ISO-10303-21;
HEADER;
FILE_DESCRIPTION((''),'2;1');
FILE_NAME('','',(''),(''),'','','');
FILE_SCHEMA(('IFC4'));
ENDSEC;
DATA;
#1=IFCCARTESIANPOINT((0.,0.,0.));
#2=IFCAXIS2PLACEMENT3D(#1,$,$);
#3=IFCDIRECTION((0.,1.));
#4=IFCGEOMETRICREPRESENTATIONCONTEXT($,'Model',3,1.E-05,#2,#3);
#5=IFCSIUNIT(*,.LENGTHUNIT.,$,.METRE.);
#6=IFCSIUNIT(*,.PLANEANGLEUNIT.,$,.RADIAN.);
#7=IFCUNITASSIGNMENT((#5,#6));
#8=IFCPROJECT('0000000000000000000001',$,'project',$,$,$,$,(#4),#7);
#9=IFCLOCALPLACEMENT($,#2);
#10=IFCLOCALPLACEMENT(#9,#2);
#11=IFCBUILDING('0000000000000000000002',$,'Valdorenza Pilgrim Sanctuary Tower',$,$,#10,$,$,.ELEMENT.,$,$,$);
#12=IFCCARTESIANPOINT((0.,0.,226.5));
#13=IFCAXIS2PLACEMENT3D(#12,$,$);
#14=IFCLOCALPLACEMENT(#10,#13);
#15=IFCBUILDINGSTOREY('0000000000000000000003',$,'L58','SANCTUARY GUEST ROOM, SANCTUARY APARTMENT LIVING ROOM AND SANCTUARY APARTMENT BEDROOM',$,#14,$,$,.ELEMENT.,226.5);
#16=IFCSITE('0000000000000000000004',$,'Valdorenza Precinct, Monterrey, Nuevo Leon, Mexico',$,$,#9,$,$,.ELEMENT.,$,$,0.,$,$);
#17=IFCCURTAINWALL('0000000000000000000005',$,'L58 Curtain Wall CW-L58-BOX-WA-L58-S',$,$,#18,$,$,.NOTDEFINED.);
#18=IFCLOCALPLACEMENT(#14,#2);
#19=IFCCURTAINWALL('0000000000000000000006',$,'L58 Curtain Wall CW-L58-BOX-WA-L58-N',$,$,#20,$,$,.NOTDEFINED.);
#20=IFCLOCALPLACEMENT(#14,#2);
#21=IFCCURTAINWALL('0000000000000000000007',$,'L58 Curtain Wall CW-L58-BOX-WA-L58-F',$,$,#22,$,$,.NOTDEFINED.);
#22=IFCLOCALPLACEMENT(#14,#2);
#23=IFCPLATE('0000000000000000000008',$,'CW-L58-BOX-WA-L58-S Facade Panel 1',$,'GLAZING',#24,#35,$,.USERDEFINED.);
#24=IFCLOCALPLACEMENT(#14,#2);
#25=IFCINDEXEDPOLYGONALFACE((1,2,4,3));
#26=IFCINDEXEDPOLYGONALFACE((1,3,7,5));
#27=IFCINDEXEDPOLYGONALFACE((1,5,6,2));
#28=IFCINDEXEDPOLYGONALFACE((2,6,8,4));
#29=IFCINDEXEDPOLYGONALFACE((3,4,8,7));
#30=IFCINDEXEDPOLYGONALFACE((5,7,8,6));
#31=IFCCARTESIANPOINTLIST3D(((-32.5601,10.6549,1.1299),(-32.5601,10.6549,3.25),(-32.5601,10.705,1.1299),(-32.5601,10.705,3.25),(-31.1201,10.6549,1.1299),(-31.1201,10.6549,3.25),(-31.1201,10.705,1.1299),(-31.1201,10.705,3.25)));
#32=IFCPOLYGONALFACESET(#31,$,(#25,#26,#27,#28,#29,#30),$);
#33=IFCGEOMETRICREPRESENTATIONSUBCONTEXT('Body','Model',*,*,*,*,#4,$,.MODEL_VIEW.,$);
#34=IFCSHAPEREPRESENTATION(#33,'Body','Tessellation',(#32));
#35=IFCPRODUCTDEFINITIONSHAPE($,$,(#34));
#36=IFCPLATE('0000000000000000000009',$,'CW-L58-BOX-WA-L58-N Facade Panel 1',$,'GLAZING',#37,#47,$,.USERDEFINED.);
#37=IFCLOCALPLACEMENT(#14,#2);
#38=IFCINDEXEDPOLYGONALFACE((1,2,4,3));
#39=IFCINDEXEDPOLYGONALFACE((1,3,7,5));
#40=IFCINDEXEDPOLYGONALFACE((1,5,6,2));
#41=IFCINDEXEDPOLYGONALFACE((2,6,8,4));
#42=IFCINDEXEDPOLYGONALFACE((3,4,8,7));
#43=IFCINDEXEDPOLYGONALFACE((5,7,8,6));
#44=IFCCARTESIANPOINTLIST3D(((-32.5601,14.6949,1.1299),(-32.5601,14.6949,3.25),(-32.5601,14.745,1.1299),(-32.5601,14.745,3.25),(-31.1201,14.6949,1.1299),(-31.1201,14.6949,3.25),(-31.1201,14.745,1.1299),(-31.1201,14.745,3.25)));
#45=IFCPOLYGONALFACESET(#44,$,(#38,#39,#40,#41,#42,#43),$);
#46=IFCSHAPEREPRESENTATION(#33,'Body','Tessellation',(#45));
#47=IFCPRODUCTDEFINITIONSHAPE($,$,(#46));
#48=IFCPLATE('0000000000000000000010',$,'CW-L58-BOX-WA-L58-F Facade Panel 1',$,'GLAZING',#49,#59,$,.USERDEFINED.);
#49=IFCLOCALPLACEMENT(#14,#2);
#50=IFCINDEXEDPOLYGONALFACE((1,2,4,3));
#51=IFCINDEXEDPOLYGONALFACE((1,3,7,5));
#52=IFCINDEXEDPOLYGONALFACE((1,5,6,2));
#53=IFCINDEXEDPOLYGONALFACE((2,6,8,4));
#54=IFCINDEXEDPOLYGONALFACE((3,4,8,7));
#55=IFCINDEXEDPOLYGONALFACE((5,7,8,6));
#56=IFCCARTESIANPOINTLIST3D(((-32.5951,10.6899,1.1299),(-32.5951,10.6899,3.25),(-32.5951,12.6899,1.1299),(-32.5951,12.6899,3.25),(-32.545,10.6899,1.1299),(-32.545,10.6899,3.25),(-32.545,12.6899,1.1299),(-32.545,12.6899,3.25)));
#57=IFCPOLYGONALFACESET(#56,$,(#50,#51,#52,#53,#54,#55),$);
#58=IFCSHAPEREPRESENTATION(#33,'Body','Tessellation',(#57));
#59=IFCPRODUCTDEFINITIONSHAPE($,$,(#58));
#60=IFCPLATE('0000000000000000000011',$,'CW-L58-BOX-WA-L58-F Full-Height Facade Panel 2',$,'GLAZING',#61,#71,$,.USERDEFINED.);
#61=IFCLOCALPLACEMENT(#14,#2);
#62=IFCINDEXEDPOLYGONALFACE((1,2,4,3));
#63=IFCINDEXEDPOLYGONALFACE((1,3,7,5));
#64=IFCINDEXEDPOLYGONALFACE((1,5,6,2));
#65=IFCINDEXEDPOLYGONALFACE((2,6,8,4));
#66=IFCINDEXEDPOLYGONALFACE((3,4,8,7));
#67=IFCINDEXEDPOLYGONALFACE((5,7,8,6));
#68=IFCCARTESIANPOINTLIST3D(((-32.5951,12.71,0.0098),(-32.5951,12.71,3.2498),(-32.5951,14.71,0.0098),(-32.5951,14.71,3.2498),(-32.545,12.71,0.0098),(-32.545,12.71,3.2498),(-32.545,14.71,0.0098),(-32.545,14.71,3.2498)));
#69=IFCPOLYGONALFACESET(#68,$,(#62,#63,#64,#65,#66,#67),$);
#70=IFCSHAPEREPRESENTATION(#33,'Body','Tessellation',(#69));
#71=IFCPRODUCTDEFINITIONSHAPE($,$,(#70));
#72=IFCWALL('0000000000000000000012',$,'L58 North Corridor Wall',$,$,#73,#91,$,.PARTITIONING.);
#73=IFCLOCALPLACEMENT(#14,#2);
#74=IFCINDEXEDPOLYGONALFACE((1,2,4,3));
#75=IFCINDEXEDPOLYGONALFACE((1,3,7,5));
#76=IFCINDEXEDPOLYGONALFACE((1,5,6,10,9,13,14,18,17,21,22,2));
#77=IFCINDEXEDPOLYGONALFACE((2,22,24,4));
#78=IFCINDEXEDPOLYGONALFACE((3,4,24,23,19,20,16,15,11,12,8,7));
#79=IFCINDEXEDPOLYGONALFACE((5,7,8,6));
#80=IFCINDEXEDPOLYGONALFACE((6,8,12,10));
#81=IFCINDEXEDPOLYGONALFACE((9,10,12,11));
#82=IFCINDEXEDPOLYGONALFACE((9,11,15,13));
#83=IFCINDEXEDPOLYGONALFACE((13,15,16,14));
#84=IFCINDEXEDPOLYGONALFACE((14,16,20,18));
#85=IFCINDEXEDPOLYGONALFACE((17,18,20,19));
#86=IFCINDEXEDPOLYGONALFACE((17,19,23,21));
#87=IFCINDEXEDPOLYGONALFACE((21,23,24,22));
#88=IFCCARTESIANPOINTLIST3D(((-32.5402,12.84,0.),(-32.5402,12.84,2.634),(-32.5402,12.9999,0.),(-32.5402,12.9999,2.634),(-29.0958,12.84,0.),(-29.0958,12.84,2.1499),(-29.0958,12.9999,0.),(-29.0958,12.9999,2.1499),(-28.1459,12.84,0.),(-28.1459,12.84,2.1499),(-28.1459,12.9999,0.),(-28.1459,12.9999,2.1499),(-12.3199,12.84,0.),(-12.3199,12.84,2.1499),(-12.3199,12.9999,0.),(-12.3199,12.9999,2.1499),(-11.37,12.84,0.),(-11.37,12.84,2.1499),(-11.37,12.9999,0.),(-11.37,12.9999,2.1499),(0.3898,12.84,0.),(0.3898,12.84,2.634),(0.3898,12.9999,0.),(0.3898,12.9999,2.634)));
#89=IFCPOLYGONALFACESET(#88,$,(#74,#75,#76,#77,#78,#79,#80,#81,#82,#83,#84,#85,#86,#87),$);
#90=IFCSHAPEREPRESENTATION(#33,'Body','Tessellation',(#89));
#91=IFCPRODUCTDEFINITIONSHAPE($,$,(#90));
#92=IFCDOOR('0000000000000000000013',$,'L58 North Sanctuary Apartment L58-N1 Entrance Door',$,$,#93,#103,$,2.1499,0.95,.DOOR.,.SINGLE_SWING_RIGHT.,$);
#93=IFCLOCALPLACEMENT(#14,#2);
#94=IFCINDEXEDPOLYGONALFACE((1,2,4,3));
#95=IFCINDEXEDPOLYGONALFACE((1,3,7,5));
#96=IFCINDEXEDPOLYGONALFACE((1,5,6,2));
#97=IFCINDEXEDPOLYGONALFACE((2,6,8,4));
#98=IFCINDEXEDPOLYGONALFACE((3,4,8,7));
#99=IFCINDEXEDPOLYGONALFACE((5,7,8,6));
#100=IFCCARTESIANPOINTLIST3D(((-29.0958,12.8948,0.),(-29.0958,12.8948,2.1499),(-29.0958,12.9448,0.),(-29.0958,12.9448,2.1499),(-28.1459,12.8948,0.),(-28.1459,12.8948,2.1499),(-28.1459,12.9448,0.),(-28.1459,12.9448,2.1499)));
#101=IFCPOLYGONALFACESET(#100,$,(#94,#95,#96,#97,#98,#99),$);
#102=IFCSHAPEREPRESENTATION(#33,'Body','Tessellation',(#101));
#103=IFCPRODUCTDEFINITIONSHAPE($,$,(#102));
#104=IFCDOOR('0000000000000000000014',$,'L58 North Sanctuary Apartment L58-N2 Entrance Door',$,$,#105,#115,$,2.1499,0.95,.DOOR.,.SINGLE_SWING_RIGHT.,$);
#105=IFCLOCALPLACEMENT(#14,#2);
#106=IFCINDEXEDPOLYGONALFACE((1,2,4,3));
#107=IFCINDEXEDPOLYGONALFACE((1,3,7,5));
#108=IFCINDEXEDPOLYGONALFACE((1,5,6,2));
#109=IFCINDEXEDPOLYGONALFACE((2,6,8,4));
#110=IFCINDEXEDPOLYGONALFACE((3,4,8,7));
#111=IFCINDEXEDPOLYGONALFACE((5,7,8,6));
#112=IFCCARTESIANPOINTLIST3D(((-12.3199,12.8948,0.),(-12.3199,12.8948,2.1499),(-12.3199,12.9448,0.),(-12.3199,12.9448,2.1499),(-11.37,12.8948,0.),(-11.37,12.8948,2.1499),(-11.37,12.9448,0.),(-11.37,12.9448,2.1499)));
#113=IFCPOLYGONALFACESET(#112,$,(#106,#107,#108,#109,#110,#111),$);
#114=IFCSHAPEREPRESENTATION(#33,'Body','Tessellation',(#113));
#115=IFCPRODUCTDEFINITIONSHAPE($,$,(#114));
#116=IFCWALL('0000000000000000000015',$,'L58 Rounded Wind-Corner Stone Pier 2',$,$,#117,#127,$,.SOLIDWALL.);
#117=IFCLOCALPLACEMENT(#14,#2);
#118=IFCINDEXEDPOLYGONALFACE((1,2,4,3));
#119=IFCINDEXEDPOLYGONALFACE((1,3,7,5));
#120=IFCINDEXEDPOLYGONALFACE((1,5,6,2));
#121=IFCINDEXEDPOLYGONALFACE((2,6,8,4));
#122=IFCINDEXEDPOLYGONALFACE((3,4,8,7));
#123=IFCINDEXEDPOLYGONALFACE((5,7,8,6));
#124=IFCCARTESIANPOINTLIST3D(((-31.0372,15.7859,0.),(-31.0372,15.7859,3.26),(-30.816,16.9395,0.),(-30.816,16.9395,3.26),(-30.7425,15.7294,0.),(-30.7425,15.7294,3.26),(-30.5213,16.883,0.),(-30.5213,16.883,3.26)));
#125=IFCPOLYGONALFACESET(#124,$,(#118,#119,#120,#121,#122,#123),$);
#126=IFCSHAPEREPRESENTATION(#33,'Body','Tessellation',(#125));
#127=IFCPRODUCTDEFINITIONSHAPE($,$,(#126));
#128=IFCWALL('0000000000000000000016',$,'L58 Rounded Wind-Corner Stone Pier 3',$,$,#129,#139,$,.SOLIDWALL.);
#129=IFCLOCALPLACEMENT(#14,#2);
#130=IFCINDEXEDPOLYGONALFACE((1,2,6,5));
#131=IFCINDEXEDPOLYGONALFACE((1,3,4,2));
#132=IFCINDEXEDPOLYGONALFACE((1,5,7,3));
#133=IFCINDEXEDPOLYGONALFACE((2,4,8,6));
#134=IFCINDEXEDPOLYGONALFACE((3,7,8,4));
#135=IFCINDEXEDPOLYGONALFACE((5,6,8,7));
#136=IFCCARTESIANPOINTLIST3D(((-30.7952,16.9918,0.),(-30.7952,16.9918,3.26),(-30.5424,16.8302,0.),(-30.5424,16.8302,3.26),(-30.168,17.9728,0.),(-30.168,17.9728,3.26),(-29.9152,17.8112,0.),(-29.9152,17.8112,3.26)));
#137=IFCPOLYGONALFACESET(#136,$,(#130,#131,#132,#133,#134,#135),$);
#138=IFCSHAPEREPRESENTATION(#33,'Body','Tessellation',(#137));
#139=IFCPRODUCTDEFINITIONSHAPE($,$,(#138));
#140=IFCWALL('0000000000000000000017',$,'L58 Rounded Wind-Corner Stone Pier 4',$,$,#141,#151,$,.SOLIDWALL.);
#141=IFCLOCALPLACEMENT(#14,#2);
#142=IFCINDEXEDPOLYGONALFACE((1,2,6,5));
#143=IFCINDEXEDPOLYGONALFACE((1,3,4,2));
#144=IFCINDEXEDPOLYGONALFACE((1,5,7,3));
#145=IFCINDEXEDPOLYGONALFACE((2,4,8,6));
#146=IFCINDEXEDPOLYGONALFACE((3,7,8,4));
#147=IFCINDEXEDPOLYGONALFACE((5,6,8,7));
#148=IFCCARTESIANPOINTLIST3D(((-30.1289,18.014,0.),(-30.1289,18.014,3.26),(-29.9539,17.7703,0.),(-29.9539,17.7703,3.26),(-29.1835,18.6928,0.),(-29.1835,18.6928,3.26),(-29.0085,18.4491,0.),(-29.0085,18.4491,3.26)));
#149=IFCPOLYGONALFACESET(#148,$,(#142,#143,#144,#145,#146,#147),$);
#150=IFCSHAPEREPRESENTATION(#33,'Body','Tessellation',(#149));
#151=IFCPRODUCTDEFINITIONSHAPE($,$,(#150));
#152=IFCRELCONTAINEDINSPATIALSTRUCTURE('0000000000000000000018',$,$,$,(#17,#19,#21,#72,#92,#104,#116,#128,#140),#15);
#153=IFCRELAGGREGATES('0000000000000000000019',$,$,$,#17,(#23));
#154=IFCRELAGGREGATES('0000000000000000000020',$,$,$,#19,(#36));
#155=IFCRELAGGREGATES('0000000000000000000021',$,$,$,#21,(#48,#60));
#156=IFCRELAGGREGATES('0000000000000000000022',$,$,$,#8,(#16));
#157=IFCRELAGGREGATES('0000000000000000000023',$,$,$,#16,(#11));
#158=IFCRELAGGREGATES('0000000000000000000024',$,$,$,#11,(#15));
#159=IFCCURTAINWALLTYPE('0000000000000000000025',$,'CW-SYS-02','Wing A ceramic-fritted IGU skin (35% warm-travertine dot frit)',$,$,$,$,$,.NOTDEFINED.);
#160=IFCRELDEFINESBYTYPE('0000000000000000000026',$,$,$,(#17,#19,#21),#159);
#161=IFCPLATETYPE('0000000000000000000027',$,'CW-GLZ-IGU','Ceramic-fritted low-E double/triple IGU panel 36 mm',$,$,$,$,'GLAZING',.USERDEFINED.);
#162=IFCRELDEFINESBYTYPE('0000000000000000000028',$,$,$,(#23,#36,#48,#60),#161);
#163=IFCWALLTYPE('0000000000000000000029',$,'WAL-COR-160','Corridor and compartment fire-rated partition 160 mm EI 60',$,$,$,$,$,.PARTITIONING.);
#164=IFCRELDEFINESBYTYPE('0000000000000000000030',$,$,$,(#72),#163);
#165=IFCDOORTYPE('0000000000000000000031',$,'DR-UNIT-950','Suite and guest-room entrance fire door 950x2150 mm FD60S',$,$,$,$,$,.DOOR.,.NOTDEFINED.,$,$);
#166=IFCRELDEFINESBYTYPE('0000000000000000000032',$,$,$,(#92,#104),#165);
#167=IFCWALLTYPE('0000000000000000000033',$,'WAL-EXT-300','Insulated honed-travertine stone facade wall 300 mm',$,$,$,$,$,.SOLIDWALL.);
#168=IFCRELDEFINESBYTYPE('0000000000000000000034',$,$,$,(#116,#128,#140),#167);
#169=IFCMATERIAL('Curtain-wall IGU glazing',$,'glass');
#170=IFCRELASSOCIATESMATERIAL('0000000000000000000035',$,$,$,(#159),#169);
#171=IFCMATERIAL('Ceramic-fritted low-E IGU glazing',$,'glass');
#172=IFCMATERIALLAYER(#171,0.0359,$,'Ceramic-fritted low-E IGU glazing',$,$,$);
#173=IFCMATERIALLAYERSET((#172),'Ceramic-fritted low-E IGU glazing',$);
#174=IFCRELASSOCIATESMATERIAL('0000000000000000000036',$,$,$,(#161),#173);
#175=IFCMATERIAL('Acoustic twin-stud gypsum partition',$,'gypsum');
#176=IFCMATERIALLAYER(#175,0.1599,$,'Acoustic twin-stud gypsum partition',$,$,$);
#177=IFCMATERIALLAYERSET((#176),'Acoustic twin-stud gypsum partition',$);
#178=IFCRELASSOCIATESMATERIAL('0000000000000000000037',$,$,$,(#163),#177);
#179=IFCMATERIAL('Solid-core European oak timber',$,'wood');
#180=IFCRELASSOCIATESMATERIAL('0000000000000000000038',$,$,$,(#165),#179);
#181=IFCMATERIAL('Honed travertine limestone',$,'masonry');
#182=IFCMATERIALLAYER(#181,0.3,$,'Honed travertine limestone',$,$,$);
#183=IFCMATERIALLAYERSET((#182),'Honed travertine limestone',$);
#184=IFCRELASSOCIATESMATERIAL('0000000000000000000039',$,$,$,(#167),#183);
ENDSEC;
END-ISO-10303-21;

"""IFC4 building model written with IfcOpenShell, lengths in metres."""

from ifc_helpers import new_model, si_unit, direction, frame, frame_2d, origin, origin_2d, place, context, subcontext, project, spatial, rectangle, extrude, source, transform, mapped, material, layer, layer_set, type_object, element, fill, aggregate, save


model = new_model("IFC4")

# Units and contexts
model_context = context("Model", 3, precision=1e-05, world=origin(), true_north=direction((0.0, 1.0)))
body_context = subcontext(model_context, "Body", "Model", "MODEL_VIEW")
ifc_project = project(units=[si_unit("LENGTHUNIT", "METRE"), si_unit("PLANEANGLEUNIT", "RADIAN")], contexts=[model_context])

# Site, building, storey
site_placement = place(None, origin())
site = spatial("IfcSite", under=ifc_project, at=site_placement, Name="Valdorenza Precinct, Monterrey, Nuevo Leon, Mexico", CompositionType="ELEMENT", RefElevation=0.0)
building_placement = place(site_placement, origin())
building = spatial("IfcBuilding", under=site, at=building_placement, Name="Valdorenza Pilgrim Sanctuary Tower", CompositionType="ELEMENT")
storey_placement = place(building_placement, frame((0.0, 0.0, 226.5)))
storey = spatial("IfcBuildingStorey", under=building, at=storey_placement, Name="L58", Description="SANCTUARY GUEST ROOM, SANCTUARY APARTMENT LIVING ROOM AND SANCTUARY APARTMENT BEDROOM", CompositionType="ELEMENT", Elevation=226.5)

# Curtain walls
ifc_material_1 = material(Name="Curtain-wall IGU glazing", Category="glass")
curtain_wall_type = type_object("IfcCurtainWallType", Name="CW-SYS-02", Description="Wing A ceramic-fritted IGU skin (35% warm-travertine dot frit)", PredefinedType="NOTDEFINED", material=ifc_material_1)
curtain_wall_1_placement = place(storey_placement, origin())
curtain_wall_1 = element("IfcCurtainWall", 1, at=curtain_wall_1_placement, inside=storey, type_object=curtain_wall_type, Name="L58 Curtain Wall CW-L58-BOX-WA-L58-S", PredefinedType="NOTDEFINED")
curtain_wall_2_placement = place(storey_placement, origin())
curtain_wall_2 = element("IfcCurtainWall", 2, at=curtain_wall_2_placement, inside=storey, type_object=curtain_wall_type, Name="L58 Curtain Wall CW-L58-BOX-WA-L58-N", PredefinedType="NOTDEFINED")

# Curtain wall
curtain_wall_3_placement = place(storey_placement, origin())
curtain_wall_3 = element("IfcCurtainWall", 3, at=curtain_wall_3_placement, inside=storey, type_object=curtain_wall_type, Name="L58 Curtain Wall CW-L58-BOX-WA-L58-F", PredefinedType="NOTDEFINED")

# Plates
ifc_material_2 = material(Name="Honed travertine limestone", Category="masonry")
ifc_material_3 = material(Name="Ceramic-fritted low-E IGU glazing", Category="glass")
ifc_layer_1 = layer(ifc_material_3, 0.0359, Name="Ceramic-fritted low-E IGU glazing")
ifc_layer_set_1 = layer_set([ifc_layer_1], Name="Ceramic-fritted low-E IGU glazing")
plate_type_1 = type_object("IfcPlateType", Name="CW-GLZ-IGU", Description="Ceramic-fritted low-E double/triple IGU panel 36 mm", ElementType="GLAZING", PredefinedType="USERDEFINED", material=ifc_layer_set_1)
shared_shape_1 = source(origin(), body_context, "Body", "SweptSolid", [
    extrude(rectangle(XDim=1.4399, YDim=0.05, at=origin_2d()), origin(), (0.0, 0.0, 1.0), 2.1201),
])
plate_1_placement = place(storey_placement, frame((-31.8401, 10.6799, 1.1299), z_axis=(0.0, 0.0, 1.0), x_axis=(-1.0, 0.0, 0.0)))
plate_1 = element("IfcPlate", 4, at=plate_1_placement, type_object=plate_type_1, Name="CW-L58-BOX-WA-L58-S Facade Panel 1", ObjectType="GLAZING", PredefinedType="USERDEFINED", context=body_context, shape_type="MappedRepresentation", body=[
    mapped(shared_shape_1, transform((0.0, 0.0, 0.0), x_axis=(1.0, 0.0, 0.0), y_axis=(0.0, 1.0, 0.0), z_axis=(0.0, 0.0, 1.0), scale=1.0)),
])
aggregate(curtain_wall_1, [plate_1])
plate_2_placement = place(storey_placement, frame((-31.8401, 14.72, 1.1299), z_axis=(0.0, 0.0, 1.0), x_axis=(1.0, 0.0, 0.0)))
plate_2 = element("IfcPlate", 5, at=plate_2_placement, type_object=plate_type_1, Name="CW-L58-BOX-WA-L58-N Facade Panel 1", ObjectType="GLAZING", PredefinedType="USERDEFINED", context=body_context, shape_type="MappedRepresentation", body=[
    mapped(shared_shape_1, transform((0.0, 0.0, 0.0), x_axis=(1.0, 0.0, 0.0), y_axis=(0.0, 1.0, 0.0), z_axis=(0.0, 0.0, 1.0), scale=1.0)),
])
aggregate(curtain_wall_2, [plate_2])
shared_shape_2 = source(origin(), body_context, "Body", "SweptSolid", [
    extrude(rectangle(XDim=2.0, YDim=0.05, at=origin_2d()), origin(), (0.0, 0.0, 1.0), 2.1201),
])
plate_3_placement = place(storey_placement, frame((-32.5701, 11.6899, 1.1299), z_axis=(0.0, 0.0, 1.0), x_axis=(0.0, 1.0, 0.0)))
plate_3 = element("IfcPlate", 6, at=plate_3_placement, type_object=plate_type_1, Name="CW-L58-BOX-WA-L58-F Facade Panel 1", ObjectType="GLAZING", PredefinedType="USERDEFINED", context=body_context, shape_type="MappedRepresentation", body=[
    mapped(shared_shape_2, transform((0.0, 0.0, 0.0), x_axis=(1.0, 0.0, 0.0), y_axis=(0.0, 1.0, 0.0), z_axis=(0.0, 0.0, 1.0), scale=1.0)),
])
shared_shape_3 = source(origin(), body_context, "Body", "SweptSolid", [
    extrude(rectangle(XDim=2.0, YDim=0.05, at=origin_2d()), origin(), (0.0, 0.0, 1.0), 3.24),
])
plate_4_placement = place(storey_placement, frame((-32.5701, 13.71, 0.0098), z_axis=(0.0, 0.0, 1.0), x_axis=(0.0, 1.0, 0.0)))
plate_4 = element("IfcPlate", 7, at=plate_4_placement, type_object=plate_type_1, Name="CW-L58-BOX-WA-L58-F Full-Height Facade Panel 2", ObjectType="GLAZING", PredefinedType="USERDEFINED", context=body_context, shape_type="MappedRepresentation", body=[
    mapped(shared_shape_3, transform((0.0, 0.0, 0.0), x_axis=(1.0, 0.0, 0.0), y_axis=(0.0, 1.0, 0.0), z_axis=(0.0, 0.0, 1.0), scale=1.0)),
])
aggregate(curtain_wall_3, [plate_3, plate_4])

# Wall, openings, doors
ifc_material_4 = material(Name="Acoustic twin-stud gypsum partition", Category="gypsum")
ifc_layer_2 = layer(ifc_material_4, 0.1599, Name="Acoustic twin-stud gypsum partition")
ifc_layer_set_2 = layer_set([ifc_layer_2], Name="Acoustic twin-stud gypsum partition")
wall_type_1 = type_object("IfcWallType", Name="WAL-COR-160", Description="Corridor and compartment fire-rated partition 160 mm EI 60", PredefinedType="PARTITIONING", material=ifc_layer_set_2)
wall_1_placement = place(storey_placement, frame((-32.54, 12.9199, 0.0), z_axis=(0.0, 0.0, 1.0), x_axis=(1.0, 0.0, 0.0)))
wall_1 = element("IfcWall", 8, at=wall_1_placement, inside=storey, type_object=wall_type_1, Name="L58 North Corridor Wall", PredefinedType="PARTITIONING", context=body_context, shape_type="SweptSolid", body=[
    extrude(rectangle(XDim=32.9299, YDim=0.1599, at=frame_2d((16.4648, 0.0))), origin(), (0.0, 0.0, 1.0), 2.634),
])
opening_1_placement = place(wall_1_placement, frame((3.4441, 0.0, 0.0)))
opening_1 = element("IfcOpeningElement", 9, at=opening_1_placement, cuts=wall_1, PredefinedType="OPENING", context=body_context, shape_type="SweptSolid", body=[
    extrude(rectangle(XDim=0.95, YDim=2.1499, at=frame_2d((0.4751, 1.075))), frame((0.0, 0.0947, 0.0), z_axis=(0.0, -1.0, 0.0), x_axis=(1.0, 0.0, 0.0)), (0.0, 0.0, 1.0), 0.1897),
])
opening_2_placement = place(wall_1_placement, frame((20.22, 0.0, 0.0)))
opening_2 = element("IfcOpeningElement", 10, at=opening_2_placement, cuts=wall_1, PredefinedType="OPENING", context=body_context, shape_type="SweptSolid", body=[
    extrude(rectangle(XDim=0.95, YDim=2.1499, at=frame_2d((0.4751, 1.075))), frame((0.0, 0.0947, 0.0), z_axis=(0.0, -1.0, 0.0), x_axis=(1.0, 0.0, 0.0)), (0.0, 0.0, 1.0), 0.1897),
])
ifc_material_5 = material(Name="Solid-core European oak timber", Category="wood")
door_type = type_object("IfcDoorType", Name="DR-UNIT-950", Description="Suite and guest-room entrance fire door 950x2150 mm FD60S", OperationType="NOTDEFINED", PredefinedType="DOOR", material=ifc_material_5)
door_1_placement = place(opening_1_placement, origin())
door_1 = element("IfcDoor", 11, at=door_1_placement, inside=storey, type_object=door_type, Name="L58 North Sanctuary Apartment L58-N1 Entrance Door", OperationType="SINGLE_SWING_RIGHT", OverallHeight=2.1499, OverallWidth=0.95, PredefinedType="DOOR", context=body_context, shape_type="SweptSolid", body=[
    extrude(rectangle(XDim=0.95, YDim=2.1499, at=frame_2d((0.4751, 1.075))), frame((0.0, 0.0249, 0.0), z_axis=(0.0, -1.0, 0.0), x_axis=(1.0, 0.0, 0.0)), (0.0, 0.0, 1.0), 0.05),
])
fill(opening_1, door_1)
door_2_placement = place(opening_2_placement, origin())
door_2 = element("IfcDoor", 12, at=door_2_placement, inside=storey, type_object=door_type, Name="L58 North Sanctuary Apartment L58-N2 Entrance Door", OperationType="SINGLE_SWING_RIGHT", OverallHeight=2.1499, OverallWidth=0.95, PredefinedType="DOOR", context=body_context, shape_type="SweptSolid", body=[
    extrude(rectangle(XDim=0.95, YDim=2.1499, at=frame_2d((0.4751, 1.075))), frame((0.0, 0.0249, 0.0), z_axis=(0.0, -1.0, 0.0), x_axis=(1.0, 0.0, 0.0)), (0.0, 0.0, 1.0), 0.05),
])
fill(opening_2, door_2)

# Walls
ifc_layer_3 = layer(ifc_material_2, 0.3, Name="Honed travertine limestone")
ifc_layer_set_3 = layer_set([ifc_layer_3], Name="Honed travertine limestone")
wall_type_2 = type_object("IfcWallType", Name="WAL-EXT-300", Description="Insulated honed-travertine stone facade wall 300 mm", PredefinedType="SOLIDWALL", material=ifc_layer_set_3)
wall_2_placement = place(storey_placement, frame((-30.8899, 15.7576, 0.0), z_axis=(0.0, 0.0, 1.0), x_axis=(0.188315, 0.982109, 0.0)))
element("IfcWall", 13, at=wall_2_placement, inside=storey, type_object=wall_type_2, Name="L58 Rounded Wind-Corner Stone Pier 2", PredefinedType="SOLIDWALL", context=body_context, shape_type="SweptSolid", body=[
    extrude(rectangle(XDim=1.1746, YDim=0.3, at=frame_2d((0.5874, 0.0))), origin(), (0.0, 0.0, 1.0), 3.26),
])
wall_3_placement = place(storey_placement, frame((-30.6687, 16.9111, 0.0), z_axis=(0.0, 0.0, 1.0), x_axis=(0.538679, 0.842511, 0.0)))
element("IfcWall", 14, at=wall_3_placement, inside=storey, type_object=wall_type_2, Name="L58 Rounded Wind-Corner Stone Pier 3", PredefinedType="SOLIDWALL", context=body_context, shape_type="SweptSolid", body=[
    extrude(rectangle(XDim=1.1643, YDim=0.3, at=frame_2d((0.582, 0.0))), origin(), (0.0, 0.0, 1.0), 3.26),
])
wall_4_placement = place(storey_placement, frame((-30.0415, 17.8921, 0.0), z_axis=(0.0, 0.0, 1.0), x_axis=(0.812314, 0.583221, 0.0)))
element("IfcWall", 15, at=wall_4_placement, inside=storey, type_object=wall_type_2, Name="L58 Rounded Wind-Corner Stone Pier 4", PredefinedType="SOLIDWALL", context=body_context, shape_type="SweptSolid", body=[
    extrude(rectangle(XDim=1.1638, YDim=0.3, at=frame_2d((0.582, 0.0))), origin(), (0.0, 0.0, 1.0), 3.26),
])

save(model, "model.ifc")
